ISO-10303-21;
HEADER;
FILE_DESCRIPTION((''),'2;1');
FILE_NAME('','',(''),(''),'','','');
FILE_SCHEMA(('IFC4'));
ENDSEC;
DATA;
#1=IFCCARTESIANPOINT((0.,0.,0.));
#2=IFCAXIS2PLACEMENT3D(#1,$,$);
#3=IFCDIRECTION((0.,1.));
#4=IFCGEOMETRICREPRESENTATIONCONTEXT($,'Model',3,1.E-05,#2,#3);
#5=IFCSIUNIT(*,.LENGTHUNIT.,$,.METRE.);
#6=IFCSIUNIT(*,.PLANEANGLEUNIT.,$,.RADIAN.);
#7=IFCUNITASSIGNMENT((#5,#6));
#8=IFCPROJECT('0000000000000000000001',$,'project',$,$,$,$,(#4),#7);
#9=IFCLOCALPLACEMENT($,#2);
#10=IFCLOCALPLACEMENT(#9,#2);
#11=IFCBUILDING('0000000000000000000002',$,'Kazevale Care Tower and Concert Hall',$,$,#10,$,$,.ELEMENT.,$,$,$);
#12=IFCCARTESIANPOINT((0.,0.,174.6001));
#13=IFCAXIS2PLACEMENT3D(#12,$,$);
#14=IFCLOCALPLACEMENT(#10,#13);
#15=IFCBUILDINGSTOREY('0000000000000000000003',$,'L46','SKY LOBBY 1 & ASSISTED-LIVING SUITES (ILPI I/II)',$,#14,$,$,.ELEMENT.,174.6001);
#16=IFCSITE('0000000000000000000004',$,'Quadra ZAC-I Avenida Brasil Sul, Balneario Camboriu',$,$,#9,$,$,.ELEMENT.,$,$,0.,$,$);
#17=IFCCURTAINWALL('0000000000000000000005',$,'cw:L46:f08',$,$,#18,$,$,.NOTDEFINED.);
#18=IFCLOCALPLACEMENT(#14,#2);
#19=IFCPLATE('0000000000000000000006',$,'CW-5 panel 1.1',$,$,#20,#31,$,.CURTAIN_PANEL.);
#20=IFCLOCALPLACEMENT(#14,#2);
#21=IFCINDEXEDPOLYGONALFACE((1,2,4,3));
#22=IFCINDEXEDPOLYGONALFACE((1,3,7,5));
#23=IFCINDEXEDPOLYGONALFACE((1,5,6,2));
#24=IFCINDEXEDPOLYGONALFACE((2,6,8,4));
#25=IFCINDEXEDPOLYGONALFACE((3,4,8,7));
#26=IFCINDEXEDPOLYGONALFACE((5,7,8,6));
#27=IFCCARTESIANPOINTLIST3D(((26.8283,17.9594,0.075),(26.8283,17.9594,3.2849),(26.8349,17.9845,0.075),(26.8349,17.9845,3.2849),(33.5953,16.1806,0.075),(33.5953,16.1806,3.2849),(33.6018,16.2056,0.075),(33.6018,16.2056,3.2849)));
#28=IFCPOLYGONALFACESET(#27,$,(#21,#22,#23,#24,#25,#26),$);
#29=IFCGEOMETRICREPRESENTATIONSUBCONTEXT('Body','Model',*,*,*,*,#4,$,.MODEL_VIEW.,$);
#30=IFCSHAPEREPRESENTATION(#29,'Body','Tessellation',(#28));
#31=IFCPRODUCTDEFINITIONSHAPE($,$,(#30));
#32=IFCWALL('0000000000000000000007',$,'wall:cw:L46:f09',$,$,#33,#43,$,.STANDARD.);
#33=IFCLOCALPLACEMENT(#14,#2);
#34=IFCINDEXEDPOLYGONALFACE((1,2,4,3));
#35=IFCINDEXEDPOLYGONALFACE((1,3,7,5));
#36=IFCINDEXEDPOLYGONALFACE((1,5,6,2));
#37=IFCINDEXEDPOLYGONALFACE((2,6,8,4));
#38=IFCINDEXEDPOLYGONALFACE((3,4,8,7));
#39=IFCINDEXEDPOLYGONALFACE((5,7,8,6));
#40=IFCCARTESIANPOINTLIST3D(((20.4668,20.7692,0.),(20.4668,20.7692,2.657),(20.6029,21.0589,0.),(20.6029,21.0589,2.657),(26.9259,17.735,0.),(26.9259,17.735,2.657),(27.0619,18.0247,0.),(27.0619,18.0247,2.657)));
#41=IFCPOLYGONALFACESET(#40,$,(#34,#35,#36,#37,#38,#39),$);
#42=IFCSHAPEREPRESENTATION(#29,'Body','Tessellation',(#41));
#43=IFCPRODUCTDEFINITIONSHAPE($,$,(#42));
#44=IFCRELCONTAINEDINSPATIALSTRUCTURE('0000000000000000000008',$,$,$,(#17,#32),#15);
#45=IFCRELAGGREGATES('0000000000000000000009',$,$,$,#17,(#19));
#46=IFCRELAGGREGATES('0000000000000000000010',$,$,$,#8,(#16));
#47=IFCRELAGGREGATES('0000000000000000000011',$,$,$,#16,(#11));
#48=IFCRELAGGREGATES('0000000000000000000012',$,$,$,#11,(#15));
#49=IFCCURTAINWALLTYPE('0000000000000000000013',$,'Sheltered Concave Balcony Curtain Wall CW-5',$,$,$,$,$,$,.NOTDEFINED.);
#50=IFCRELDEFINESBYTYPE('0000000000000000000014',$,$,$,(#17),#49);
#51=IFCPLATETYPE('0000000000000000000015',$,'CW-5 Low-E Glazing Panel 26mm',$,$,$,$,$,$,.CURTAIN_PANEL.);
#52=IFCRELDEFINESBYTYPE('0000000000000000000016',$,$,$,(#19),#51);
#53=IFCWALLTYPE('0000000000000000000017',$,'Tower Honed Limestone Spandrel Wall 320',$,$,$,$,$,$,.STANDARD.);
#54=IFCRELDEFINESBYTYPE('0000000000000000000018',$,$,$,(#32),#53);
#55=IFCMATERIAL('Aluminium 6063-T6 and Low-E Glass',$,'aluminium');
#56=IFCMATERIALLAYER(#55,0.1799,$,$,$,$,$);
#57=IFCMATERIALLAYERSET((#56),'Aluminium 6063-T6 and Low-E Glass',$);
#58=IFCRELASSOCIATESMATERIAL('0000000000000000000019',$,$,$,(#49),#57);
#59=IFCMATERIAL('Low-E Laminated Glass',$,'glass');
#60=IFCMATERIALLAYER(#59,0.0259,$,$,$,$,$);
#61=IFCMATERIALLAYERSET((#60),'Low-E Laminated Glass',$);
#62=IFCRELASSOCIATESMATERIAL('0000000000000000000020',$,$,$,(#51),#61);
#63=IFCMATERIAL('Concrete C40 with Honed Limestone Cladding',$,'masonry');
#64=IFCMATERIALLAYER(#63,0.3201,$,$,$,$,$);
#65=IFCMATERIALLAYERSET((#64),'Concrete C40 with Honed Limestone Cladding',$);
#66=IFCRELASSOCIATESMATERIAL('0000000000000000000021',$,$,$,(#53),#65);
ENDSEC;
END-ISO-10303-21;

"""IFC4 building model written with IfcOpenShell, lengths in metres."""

from ifc_helpers import new_model, si_unit, direction, frame, frame_2d, origin, origin_2d, place, context, subcontext, project, spatial, rectangle, extrude, material, layer, layer_set, type_object, element, aggregate, save


model = new_model("IFC4")

# Units and contexts
model_context = context("Model", 3, precision=1e-05, world=origin(), true_north=direction((0.0, 1.0)))
body_context = subcontext(model_context, "Body", "Model", "MODEL_VIEW")
ifc_project = project(units=[si_unit("LENGTHUNIT", "METRE"), si_unit("PLANEANGLEUNIT", "RADIAN")], contexts=[model_context])

# Site, building, storey
site_placement = place(None, origin())
site = spatial("IfcSite", under=ifc_project, at=site_placement, Name="Quadra ZAC-I Avenida Brasil Sul, Balneario Camboriu", CompositionType="ELEMENT", RefElevation=0.0)
building_placement = place(site_placement, origin())
building = spatial("IfcBuilding", under=site, at=building_placement, Name="Kazevale Care Tower and Concert Hall", CompositionType="ELEMENT")
storey_placement = place(building_placement, frame((0.0, 0.0, 174.6001)))
storey = spatial("IfcBuildingStorey", under=building, at=storey_placement, Name="L46", Description="SKY LOBBY 1 & ASSISTED-LIVING SUITES (ILPI I/II)", CompositionType="ELEMENT", Elevation=174.6001)

# Shared definitions
ifc_material_1 = material(Name="Aluminium 6063-T6 and Low-E Glass", Category="aluminium")
ifc_layer_1 = layer(ifc_material_1, 0.1799)
ifc_layer_set_1 = layer_set([ifc_layer_1], Name="Aluminium 6063-T6 and Low-E Glass")
curtain_wall_type = type_object("IfcCurtainWallType", Name="Sheltered Concave Balcony Curtain Wall CW-5", PredefinedType="NOTDEFINED", material=ifc_layer_set_1)

# Curtain wall
curtain_wall_1_placement = place(storey_placement, origin())
curtain_wall_1 = element("IfcCurtainWall", 1, at=curtain_wall_1_placement, inside=storey, type_object=curtain_wall_type, Name="cw:L46:f08", PredefinedType="NOTDEFINED")

# Plate
ifc_material_2 = material(Name="Low-E Laminated Glass", Category="glass")
ifc_layer_2 = layer(ifc_material_2, 0.0259)
ifc_layer_set_2 = layer_set([ifc_layer_2], Name="Low-E Laminated Glass")
plate_type = type_object("IfcPlateType", Name="CW-5 Low-E Glazing Panel 26mm", PredefinedType="CURTAIN_PANEL", material=ifc_layer_set_2)
plate_placement = place(storey_placement, frame((30.2151, 17.0825, 0.075), z_axis=(0.0, 0.0, 1.0), x_axis=(-0.967142, 0.254238, 0.0)))
plate = element("IfcPlate", 2, at=plate_placement, type_object=plate_type, Name="CW-5 panel 1.1", PredefinedType="CURTAIN_PANEL", context=body_context, shape_type="SweptSolid", body=[
    extrude(rectangle(XDim=6.9968, YDim=0.0259, at=origin_2d()), origin(), (0.0, 0.0, 1.0), 3.21),
])
aggregate(curtain_wall_1, [plate])

# Wall
ifc_material_3 = material(Name="Concrete C40 with Honed Limestone Cladding", Category="masonry")
ifc_layer_3 = layer(ifc_material_3, 0.3201)
ifc_layer_set_3 = layer_set([ifc_layer_3], Name="Concrete C40 with Honed Limestone Cladding")
wall_type = type_object("IfcWallType", Name="Tower Honed Limestone Spandrel Wall 320", PredefinedType="STANDARD", material=ifc_layer_set_3)
wall_placement = place(storey_placement, frame((26.9939, 17.8799, 0.0), z_axis=(0.0, 0.0, 1.0), x_axis=(-0.905107, 0.425184, 0.0)))
element("IfcWall", 3, at=wall_placement, inside=storey, type_object=wall_type, Name="wall:cw:L46:f09", PredefinedType="STANDARD", context=body_context, shape_type="SweptSolid", body=[
    extrude(rectangle(XDim=7.1362, YDim=0.3201, at=frame_2d((3.5681, 0.0))), origin(), (0.0, 0.0, 1.0), 2.657),
])

save(model, "model.ifc")
